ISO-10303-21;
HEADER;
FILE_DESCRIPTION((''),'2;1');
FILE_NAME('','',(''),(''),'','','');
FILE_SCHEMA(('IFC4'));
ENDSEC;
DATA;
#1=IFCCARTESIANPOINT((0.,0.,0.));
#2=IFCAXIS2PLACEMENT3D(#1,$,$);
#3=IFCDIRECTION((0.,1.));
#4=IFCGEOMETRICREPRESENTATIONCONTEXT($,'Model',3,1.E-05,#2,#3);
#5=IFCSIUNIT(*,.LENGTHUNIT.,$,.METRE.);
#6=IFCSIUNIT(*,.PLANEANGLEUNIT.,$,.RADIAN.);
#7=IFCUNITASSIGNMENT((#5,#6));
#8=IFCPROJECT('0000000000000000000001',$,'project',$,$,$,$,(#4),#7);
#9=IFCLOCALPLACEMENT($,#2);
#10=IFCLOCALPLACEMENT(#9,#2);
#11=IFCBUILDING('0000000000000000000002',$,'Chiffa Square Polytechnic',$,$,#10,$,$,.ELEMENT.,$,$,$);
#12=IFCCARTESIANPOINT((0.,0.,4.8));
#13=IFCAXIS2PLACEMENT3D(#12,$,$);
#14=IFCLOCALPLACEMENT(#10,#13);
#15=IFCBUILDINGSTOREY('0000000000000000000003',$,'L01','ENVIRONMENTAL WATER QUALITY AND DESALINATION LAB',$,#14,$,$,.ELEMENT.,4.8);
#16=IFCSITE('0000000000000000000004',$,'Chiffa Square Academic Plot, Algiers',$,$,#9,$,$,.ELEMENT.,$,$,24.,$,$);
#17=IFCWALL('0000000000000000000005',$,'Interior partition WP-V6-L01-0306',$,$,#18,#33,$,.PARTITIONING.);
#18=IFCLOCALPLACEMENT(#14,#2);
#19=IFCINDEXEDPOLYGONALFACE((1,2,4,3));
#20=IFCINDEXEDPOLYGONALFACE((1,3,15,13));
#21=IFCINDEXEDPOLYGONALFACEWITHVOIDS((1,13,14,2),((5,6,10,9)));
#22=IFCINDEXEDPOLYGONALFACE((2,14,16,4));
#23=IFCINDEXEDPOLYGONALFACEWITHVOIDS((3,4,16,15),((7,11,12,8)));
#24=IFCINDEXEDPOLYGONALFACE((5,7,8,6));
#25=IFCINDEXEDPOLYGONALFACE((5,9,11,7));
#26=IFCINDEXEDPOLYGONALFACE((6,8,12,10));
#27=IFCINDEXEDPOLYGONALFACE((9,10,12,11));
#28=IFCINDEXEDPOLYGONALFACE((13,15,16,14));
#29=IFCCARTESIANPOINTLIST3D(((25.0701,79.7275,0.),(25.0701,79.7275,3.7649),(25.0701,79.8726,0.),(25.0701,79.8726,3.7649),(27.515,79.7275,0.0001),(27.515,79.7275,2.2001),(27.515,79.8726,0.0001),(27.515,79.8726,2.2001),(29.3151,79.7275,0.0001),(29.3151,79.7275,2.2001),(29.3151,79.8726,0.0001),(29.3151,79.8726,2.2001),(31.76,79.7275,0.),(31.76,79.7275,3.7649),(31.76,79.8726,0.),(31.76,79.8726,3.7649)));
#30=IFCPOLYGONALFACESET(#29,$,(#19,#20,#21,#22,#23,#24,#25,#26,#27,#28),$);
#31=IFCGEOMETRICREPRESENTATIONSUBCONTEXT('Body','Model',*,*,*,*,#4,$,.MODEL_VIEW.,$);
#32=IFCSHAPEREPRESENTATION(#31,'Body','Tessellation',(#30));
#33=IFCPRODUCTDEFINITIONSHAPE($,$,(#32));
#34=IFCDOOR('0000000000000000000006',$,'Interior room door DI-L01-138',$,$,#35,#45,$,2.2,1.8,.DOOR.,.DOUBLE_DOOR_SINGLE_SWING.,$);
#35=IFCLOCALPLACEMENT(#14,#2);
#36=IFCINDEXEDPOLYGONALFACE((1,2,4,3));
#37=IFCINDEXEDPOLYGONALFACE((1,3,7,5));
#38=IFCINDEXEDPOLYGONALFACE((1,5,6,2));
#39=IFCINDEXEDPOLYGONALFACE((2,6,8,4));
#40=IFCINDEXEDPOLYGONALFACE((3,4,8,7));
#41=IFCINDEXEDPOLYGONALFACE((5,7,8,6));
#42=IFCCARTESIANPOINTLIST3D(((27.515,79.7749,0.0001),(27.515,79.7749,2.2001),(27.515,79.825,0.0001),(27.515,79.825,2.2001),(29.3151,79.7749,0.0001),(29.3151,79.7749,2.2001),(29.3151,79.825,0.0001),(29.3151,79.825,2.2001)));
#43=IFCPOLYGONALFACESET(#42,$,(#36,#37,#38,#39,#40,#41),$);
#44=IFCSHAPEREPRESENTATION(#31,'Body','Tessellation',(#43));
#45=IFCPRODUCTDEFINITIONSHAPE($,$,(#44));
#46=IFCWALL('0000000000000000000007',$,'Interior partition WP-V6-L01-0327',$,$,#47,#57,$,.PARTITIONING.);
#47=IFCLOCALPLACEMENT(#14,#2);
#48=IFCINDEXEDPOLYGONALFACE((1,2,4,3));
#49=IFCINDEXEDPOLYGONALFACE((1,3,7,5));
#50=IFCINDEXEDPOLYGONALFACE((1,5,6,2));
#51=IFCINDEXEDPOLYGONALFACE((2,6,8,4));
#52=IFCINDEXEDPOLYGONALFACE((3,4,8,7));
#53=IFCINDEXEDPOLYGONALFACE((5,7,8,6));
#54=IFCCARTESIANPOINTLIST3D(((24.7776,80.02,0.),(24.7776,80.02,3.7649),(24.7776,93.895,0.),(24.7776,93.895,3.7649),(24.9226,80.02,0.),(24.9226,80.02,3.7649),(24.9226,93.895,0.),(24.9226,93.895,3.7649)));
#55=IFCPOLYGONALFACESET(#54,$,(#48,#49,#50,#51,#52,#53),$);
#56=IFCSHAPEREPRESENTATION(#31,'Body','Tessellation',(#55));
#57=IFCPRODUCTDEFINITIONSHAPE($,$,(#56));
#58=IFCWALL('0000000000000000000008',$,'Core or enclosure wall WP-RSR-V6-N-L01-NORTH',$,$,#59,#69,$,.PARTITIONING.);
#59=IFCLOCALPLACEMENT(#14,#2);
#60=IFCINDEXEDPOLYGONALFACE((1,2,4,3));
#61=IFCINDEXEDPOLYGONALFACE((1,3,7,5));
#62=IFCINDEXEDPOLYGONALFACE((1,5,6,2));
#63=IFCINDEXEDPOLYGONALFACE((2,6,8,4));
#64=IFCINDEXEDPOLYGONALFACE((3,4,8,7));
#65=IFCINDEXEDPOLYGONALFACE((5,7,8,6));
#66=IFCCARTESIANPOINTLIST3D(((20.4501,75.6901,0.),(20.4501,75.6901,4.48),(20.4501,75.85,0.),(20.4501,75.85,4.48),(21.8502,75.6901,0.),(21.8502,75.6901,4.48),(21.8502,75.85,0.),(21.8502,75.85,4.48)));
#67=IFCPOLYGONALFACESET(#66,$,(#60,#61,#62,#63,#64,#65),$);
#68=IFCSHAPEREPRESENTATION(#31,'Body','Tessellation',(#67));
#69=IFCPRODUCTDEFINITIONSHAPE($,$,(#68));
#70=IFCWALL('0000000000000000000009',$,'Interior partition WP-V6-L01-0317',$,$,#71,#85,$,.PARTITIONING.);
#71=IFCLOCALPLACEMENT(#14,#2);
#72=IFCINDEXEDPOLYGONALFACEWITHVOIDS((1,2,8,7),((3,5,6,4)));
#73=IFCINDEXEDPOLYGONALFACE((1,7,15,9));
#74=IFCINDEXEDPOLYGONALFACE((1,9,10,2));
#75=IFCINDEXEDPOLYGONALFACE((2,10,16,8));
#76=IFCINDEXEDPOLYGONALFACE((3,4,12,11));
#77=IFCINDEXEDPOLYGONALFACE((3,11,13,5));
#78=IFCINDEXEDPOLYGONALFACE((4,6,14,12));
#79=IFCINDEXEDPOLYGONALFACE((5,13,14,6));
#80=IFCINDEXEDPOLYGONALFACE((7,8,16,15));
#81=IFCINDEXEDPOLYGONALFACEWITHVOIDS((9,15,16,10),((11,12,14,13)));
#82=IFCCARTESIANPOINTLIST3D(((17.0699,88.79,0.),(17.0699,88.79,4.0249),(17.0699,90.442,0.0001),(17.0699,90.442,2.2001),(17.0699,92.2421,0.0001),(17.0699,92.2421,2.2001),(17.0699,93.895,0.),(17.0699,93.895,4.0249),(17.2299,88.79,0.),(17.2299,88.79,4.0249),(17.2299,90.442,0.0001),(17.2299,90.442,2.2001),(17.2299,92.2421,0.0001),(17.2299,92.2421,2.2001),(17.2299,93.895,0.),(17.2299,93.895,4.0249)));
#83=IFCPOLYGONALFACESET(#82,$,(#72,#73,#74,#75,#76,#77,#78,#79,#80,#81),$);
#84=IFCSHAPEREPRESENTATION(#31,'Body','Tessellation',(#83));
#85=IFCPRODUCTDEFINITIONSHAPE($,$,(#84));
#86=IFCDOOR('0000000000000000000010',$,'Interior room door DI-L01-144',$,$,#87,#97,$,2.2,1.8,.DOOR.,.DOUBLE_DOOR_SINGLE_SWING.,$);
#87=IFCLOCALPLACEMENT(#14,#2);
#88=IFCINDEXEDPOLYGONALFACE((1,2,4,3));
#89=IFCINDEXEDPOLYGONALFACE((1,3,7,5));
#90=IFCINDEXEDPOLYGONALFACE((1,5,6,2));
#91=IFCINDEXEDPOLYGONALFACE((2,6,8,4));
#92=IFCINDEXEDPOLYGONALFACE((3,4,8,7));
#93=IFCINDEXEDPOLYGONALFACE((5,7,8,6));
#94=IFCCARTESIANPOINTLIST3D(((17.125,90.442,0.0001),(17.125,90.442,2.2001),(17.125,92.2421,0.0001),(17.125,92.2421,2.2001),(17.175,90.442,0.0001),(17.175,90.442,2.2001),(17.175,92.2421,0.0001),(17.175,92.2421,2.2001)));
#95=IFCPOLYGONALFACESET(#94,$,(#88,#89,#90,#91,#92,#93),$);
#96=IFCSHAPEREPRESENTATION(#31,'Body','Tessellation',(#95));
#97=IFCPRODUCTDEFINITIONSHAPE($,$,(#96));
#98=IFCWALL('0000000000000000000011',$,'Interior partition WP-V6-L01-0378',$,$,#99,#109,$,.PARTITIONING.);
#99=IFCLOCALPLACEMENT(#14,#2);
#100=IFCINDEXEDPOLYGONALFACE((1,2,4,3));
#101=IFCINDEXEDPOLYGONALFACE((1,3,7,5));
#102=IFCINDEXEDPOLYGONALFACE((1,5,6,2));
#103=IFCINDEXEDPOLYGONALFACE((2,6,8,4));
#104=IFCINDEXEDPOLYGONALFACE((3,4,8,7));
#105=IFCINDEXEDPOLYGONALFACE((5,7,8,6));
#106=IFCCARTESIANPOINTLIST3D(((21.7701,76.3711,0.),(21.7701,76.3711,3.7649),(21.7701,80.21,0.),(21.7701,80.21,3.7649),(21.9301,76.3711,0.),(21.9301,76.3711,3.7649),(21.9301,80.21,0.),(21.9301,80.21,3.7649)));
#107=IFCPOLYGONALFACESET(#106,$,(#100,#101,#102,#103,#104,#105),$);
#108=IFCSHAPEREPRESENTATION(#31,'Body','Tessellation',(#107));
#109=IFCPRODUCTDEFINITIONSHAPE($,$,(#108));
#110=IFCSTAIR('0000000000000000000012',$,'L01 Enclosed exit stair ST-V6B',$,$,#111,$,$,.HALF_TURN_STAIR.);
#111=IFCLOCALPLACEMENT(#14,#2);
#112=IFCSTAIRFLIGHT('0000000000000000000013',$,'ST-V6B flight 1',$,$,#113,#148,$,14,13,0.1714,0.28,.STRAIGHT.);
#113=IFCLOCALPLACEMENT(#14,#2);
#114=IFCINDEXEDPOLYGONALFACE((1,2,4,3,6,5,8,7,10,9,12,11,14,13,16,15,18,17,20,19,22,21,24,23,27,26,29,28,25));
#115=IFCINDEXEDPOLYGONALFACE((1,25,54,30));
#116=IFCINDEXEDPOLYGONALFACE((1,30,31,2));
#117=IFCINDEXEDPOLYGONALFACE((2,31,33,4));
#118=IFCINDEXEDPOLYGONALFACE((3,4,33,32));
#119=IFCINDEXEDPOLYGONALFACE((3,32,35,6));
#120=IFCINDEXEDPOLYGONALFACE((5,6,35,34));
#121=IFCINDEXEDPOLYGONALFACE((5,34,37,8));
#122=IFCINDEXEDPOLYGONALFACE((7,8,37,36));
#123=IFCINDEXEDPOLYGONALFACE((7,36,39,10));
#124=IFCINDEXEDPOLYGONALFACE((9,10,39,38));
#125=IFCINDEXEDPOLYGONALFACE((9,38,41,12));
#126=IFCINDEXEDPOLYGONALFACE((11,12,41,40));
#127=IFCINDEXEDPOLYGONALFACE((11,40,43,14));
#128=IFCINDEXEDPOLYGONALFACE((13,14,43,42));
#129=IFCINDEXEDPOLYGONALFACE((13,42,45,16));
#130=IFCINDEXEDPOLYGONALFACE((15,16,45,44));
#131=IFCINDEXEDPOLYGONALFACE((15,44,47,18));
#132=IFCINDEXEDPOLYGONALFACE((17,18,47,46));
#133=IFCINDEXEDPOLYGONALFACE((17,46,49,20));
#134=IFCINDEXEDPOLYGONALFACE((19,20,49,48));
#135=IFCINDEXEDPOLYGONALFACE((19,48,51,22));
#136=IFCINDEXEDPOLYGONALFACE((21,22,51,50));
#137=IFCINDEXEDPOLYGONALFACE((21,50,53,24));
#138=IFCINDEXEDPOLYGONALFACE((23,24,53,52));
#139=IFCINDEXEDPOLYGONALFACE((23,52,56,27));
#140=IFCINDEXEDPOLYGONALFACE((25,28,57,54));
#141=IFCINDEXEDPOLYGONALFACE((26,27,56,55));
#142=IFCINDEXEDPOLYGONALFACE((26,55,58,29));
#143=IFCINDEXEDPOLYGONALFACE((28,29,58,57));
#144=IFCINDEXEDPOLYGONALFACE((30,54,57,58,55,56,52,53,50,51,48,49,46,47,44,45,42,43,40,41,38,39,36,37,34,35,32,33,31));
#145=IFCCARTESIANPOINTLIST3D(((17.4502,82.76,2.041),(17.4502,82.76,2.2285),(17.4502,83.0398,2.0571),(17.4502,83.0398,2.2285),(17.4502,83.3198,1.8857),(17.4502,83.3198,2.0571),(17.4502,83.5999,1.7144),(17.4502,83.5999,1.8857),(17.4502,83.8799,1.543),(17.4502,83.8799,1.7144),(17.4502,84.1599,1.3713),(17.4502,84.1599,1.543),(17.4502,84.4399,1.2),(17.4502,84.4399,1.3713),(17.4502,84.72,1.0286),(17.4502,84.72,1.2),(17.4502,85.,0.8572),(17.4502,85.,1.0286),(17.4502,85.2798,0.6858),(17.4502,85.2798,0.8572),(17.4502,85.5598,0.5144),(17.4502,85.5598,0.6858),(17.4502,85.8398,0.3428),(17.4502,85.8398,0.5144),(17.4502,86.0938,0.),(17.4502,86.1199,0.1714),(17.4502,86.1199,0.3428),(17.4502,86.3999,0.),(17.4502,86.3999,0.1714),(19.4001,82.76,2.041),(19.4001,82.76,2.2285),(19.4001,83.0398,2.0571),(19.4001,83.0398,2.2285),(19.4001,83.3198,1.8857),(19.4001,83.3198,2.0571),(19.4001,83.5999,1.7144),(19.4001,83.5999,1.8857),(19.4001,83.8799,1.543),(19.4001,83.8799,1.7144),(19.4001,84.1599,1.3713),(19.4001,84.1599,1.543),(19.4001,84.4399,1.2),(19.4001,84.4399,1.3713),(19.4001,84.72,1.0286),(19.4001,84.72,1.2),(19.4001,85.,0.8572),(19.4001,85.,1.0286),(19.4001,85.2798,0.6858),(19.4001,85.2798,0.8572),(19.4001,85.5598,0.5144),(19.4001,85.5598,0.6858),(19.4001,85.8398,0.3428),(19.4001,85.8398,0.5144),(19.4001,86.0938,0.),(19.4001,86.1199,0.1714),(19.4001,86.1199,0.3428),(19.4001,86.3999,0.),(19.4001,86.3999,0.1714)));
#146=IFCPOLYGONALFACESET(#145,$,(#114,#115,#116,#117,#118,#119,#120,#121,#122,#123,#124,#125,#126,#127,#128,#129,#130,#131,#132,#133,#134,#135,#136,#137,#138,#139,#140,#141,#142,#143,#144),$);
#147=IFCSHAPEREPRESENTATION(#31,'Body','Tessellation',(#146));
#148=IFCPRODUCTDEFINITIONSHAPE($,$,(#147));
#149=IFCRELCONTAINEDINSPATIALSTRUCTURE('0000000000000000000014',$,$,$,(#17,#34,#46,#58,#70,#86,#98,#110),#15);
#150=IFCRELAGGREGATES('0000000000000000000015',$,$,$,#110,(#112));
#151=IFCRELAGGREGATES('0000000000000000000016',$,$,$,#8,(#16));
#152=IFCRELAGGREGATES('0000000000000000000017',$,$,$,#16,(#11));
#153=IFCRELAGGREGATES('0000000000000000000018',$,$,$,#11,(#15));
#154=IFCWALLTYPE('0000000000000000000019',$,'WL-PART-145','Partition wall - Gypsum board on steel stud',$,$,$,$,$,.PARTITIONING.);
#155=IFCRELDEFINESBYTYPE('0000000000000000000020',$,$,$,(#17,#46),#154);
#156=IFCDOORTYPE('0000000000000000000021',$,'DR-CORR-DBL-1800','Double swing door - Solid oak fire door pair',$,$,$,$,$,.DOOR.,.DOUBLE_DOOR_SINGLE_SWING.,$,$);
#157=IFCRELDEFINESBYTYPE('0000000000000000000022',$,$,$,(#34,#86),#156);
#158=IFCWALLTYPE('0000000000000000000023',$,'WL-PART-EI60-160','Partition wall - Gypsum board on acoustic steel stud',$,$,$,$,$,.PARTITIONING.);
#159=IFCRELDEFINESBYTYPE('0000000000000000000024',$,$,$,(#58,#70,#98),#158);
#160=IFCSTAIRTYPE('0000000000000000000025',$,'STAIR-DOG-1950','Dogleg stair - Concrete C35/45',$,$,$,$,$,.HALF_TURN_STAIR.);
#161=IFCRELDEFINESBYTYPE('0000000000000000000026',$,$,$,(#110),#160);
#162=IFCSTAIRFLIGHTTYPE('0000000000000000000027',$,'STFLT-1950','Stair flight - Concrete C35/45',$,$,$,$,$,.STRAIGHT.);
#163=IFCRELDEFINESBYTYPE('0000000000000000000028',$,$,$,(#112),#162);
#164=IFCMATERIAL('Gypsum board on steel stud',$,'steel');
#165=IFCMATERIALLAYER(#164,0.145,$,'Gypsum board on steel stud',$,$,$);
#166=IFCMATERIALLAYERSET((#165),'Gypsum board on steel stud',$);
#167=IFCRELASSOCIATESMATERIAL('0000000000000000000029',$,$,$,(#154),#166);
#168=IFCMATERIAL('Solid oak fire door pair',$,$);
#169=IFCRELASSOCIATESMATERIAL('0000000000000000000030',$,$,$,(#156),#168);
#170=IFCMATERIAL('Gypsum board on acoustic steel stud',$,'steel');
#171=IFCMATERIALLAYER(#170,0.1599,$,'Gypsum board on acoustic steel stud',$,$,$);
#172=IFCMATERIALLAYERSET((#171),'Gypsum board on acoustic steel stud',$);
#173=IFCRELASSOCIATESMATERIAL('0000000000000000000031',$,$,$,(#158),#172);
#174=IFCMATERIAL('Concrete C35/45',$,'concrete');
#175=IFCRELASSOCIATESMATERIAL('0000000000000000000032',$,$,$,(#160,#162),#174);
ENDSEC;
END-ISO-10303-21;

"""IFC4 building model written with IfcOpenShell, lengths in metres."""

from ifc_helpers import new_model, si_unit, direction, frame, frame_2d, origin, place, context, subcontext, project, spatial, polyline, rectangle, outline, extrude, material, layer, layer_set, type_object, element, fill, aggregate, save


model = new_model("IFC4")

# Units and contexts
model_context = context("Model", 3, precision=1e-05, world=origin(), true_north=direction((0.0, 1.0)))
body_context = subcontext(model_context, "Body", "Model", "MODEL_VIEW")
ifc_project = project(units=[si_unit("LENGTHUNIT", "METRE"), si_unit("PLANEANGLEUNIT", "RADIAN")], contexts=[model_context])

# Site, building, storey
site_placement = place(None, origin())
site = spatial("IfcSite", under=ifc_project, at=site_placement, Name="Chiffa Square Academic Plot, Algiers", CompositionType="ELEMENT", RefElevation=24.0)
building_placement = place(site_placement, origin())
building = spatial("IfcBuilding", under=site, at=building_placement, Name="Chiffa Square Polytechnic", CompositionType="ELEMENT")
storey_placement = place(building_placement, frame((0.0, 0.0, 4.8)))
storey = spatial("IfcBuildingStorey", under=building, at=storey_placement, Name="L01", Description="ENVIRONMENTAL WATER QUALITY AND DESALINATION LAB", CompositionType="ELEMENT", Elevation=4.8)

# Shared definitions
ifc_material_1 = material(Name="Concrete C35/45", Category="concrete")

# Wall, opening, door
ifc_material_2 = material(Name="Gypsum board on steel stud", Category="steel")
ifc_layer_1 = layer(ifc_material_2, 0.145, Name="Gypsum board on steel stud")
ifc_layer_set_1 = layer_set([ifc_layer_1], Name="Gypsum board on steel stud")
wall_type_1 = type_object("IfcWallType", Name="WL-PART-145", Description="Partition wall - Gypsum board on steel stud", PredefinedType="PARTITIONING", material=ifc_layer_set_1)
wall_1_placement = place(storey_placement, frame((25.0701, 79.8, 0.0), z_axis=(0.0, 0.0, 1.0), x_axis=(1.0, 0.0, 0.0)))
wall_1 = element("IfcWall", 1, at=wall_1_placement, inside=storey, type_object=wall_type_1, Name="Interior partition WP-V6-L01-0306", PredefinedType="PARTITIONING", context=body_context, shape_type="SweptSolid", body=[
    extrude(rectangle(XDim=6.6899, YDim=0.145, at=frame_2d((3.345, 0.0))), origin(), (0.0, 0.0, 1.0), 3.7649),
])
opening_1_placement = place(wall_1_placement, frame((2.4451, 0.0, 0.0)))
opening_1 = element("IfcOpeningElement", 2, at=opening_1_placement, cuts=wall_1, PredefinedType="OPENING", context=body_context, shape_type="SweptSolid", body=[
    extrude(rectangle(XDim=1.8, YDim=2.2, at=frame_2d((0.8999, 1.1001))), frame((0.0, 0.0825, 0.0), z_axis=(0.0, -1.0, 0.0), x_axis=(1.0, 0.0, 0.0)), (0.0, 0.0, 1.0), 0.165),
])
ifc_material_3 = material(Name="Solid oak fire door pair")
door_type_1 = type_object("IfcDoorType", Name="DR-CORR-DBL-1800", Description="Double swing door - Solid oak fire door pair", OperationType="DOUBLE_DOOR_SINGLE_SWING", PredefinedType="DOOR", material=ifc_material_3)
door_1_placement = place(opening_1_placement, origin())
door_1 = element("IfcDoor", 3, at=door_1_placement, inside=storey, type_object=door_type_1, Name="Interior room door DI-L01-138", OperationType="DOUBLE_DOOR_SINGLE_SWING", OverallHeight=2.2, OverallWidth=1.8, PredefinedType="DOOR", context=body_context, shape_type="SweptSolid", body=[
    extrude(rectangle(XDim=1.8, YDim=2.2, at=frame_2d((0.8999, 1.1001))), frame((0.0, 0.0249, 0.0), z_axis=(0.0, -1.0, 0.0), x_axis=(1.0, 0.0, 0.0)), (0.0, 0.0, 1.0), 0.05),
])
fill(opening_1, door_1)

# Walls
wall_2_placement = place(storey_placement, frame((24.8501, 80.02, 0.0), z_axis=(0.0, 0.0, 1.0), x_axis=(0.0, 1.0, 0.0)))
element("IfcWall", 4, at=wall_2_placement, inside=storey, type_object=wall_type_1, Name="Interior partition WP-V6-L01-0327", PredefinedType="PARTITIONING", context=body_context, shape_type="SweptSolid", body=[
    extrude(rectangle(XDim=13.875, YDim=0.145, at=frame_2d((6.9375, 0.0))), origin(), (0.0, 0.0, 1.0), 3.7649),
])
ifc_material_4 = material(Name="Gypsum board on acoustic steel stud", Category="steel")
ifc_layer_2 = layer(ifc_material_4, 0.1599, Name="Gypsum board on acoustic steel stud")
ifc_layer_set_2 = layer_set([ifc_layer_2], Name="Gypsum board on acoustic steel stud")
wall_type_2 = type_object("IfcWallType", Name="WL-PART-EI60-160", Description="Partition wall - Gypsum board on acoustic steel stud", PredefinedType="PARTITIONING", material=ifc_layer_set_2)
wall_3_placement = place(storey_placement, frame((20.45, 75.77, 0.0), z_axis=(0.0, 0.0, 1.0), x_axis=(1.0, 0.0, 0.0)))
element("IfcWall", 5, at=wall_3_placement, inside=storey, type_object=wall_type_2, Name="Core or enclosure wall WP-RSR-V6-N-L01-NORTH", PredefinedType="PARTITIONING", context=body_context, shape_type="SweptSolid", body=[
    extrude(rectangle(XDim=1.4001, YDim=0.1599, at=frame_2d((0.7002, 0.0))), origin(), (0.0, 0.0, 1.0), 4.48),
])

# Wall, opening, door
wall_4_placement = place(storey_placement, frame((17.1499, 88.79, 0.0), z_axis=(0.0, 0.0, 1.0), x_axis=(0.0, 1.0, 0.0)))
wall_4 = element("IfcWall", 6, at=wall_4_placement, inside=storey, type_object=wall_type_2, Name="Interior partition WP-V6-L01-0317", PredefinedType="PARTITIONING", context=body_context, shape_type="SweptSolid", body=[
    extrude(rectangle(XDim=5.105, YDim=0.1599, at=frame_2d((2.5525, 0.0))), origin(), (0.0, 0.0, 1.0), 4.0249),
])
opening_2_placement = place(wall_4_placement, frame((1.6521, 0.0, 0.0)))
opening_2 = element("IfcOpeningElement", 7, at=opening_2_placement, cuts=wall_4, PredefinedType="OPENING", context=body_context, shape_type="SweptSolid", body=[
    extrude(rectangle(XDim=1.8, YDim=2.2, at=frame_2d((0.8999, 1.1001))), frame((0.0, 0.0898, 0.0), z_axis=(0.0, -1.0, 0.0), x_axis=(1.0, 0.0, 0.0)), (0.0, 0.0, 1.0), 0.1799),
])
door_2_placement = place(opening_2_placement, origin())
door_2 = element("IfcDoor", 8, at=door_2_placement, inside=storey, type_object=door_type_1, Name="Interior room door DI-L01-144", OperationType="DOUBLE_DOOR_SINGLE_SWING", OverallHeight=2.2, OverallWidth=1.8, PredefinedType="DOOR", context=body_context, shape_type="SweptSolid", body=[
    extrude(rectangle(XDim=1.8, YDim=2.2, at=frame_2d((0.8999, 1.1001))), frame((0.0, 0.0249, 0.0), z_axis=(0.0, -1.0, 0.0), x_axis=(1.0, 0.0, 0.0)), (0.0, 0.0, 1.0), 0.05),
])
fill(opening_2, door_2)

# Wall
wall_5_placement = place(storey_placement, frame((21.8501, 76.3711, 0.0), z_axis=(0.0, 0.0, 1.0), x_axis=(0.0, 1.0, 0.0)))
element("IfcWall", 9, at=wall_5_placement, inside=storey, type_object=wall_type_2, Name="Interior partition WP-V6-L01-0378", PredefinedType="PARTITIONING", context=body_context, shape_type="SweptSolid", body=[
    extrude(rectangle(XDim=3.8389, YDim=0.1599, at=frame_2d((1.9194, 0.0))), origin(), (0.0, 0.0, 1.0), 3.7649),
])

# Stair, stair flight
stair_type = type_object("IfcStairType", Name="STAIR-DOG-1950", Description="Dogleg stair - Concrete C35/45", PredefinedType="HALF_TURN_STAIR", material=ifc_material_1)
stair_placement = place(storey_placement, origin())
stair = element("IfcStair", 10, at=stair_placement, inside=storey, type_object=stair_type, Name="L01 Enclosed exit stair ST-V6B", PredefinedType="HALF_TURN_STAIR")
stair_flight_type = type_object("IfcStairFlightType", Name="STFLT-1950", Description="Stair flight - Concrete C35/45", PredefinedType="STRAIGHT", material=ifc_material_1)
stair_flight_1_placement = place(storey_placement, frame((18.425, 86.3999, 0.0), z_axis=(0.0, 0.0, 1.0), x_axis=(0.0, -1.0, 0.0)))
stair_flight_1 = element("IfcStairFlight", 11, at=stair_flight_1_placement, type_object=stair_flight_type, Name="ST-V6B flight 1", NumberOfRisers=14, NumberOfTreads=13, PredefinedType="STRAIGHT", RiserHeight=0.1714, TreadLength=0.28, context=body_context, shape_type="SweptSolid", body=[
    extrude(outline(polyline([(0.0, 0.0), (0.0, 0.1714), (0.28, 0.1714), (0.28, 0.3428), (0.5601, 0.3428), (0.5601, 0.5144), (0.8401, 0.5144), (0.8401, 0.6858), (1.1201, 0.6858), (1.1201, 0.8572), (1.3999, 0.8572), (1.3999, 1.0286), (1.6799, 1.0286), (1.6799, 1.2), (1.96, 1.2), (1.96, 1.3713), (2.24, 1.3713), (2.24, 1.543), (2.52, 1.543), (2.52, 1.7144), (2.8, 1.7144), (2.8, 1.8857), (3.0801, 1.8857), (3.0801, 2.0571), (3.3601, 2.0571), (3.3601, 2.2285), (3.6399, 2.2285), (3.6399, 2.3999), (3.6399, 2.041), (0.3062, 0.0), (0.0, 0.0)])), frame((0.0, 0.9751, 0.0), z_axis=(0.0, -1.0, 0.0), x_axis=(1.0, 0.0, 0.0)), (0.0, 0.0, 1.0), 1.95),
])
aggregate(stair, [stair_flight_1])

save(model, "model.ifc")
